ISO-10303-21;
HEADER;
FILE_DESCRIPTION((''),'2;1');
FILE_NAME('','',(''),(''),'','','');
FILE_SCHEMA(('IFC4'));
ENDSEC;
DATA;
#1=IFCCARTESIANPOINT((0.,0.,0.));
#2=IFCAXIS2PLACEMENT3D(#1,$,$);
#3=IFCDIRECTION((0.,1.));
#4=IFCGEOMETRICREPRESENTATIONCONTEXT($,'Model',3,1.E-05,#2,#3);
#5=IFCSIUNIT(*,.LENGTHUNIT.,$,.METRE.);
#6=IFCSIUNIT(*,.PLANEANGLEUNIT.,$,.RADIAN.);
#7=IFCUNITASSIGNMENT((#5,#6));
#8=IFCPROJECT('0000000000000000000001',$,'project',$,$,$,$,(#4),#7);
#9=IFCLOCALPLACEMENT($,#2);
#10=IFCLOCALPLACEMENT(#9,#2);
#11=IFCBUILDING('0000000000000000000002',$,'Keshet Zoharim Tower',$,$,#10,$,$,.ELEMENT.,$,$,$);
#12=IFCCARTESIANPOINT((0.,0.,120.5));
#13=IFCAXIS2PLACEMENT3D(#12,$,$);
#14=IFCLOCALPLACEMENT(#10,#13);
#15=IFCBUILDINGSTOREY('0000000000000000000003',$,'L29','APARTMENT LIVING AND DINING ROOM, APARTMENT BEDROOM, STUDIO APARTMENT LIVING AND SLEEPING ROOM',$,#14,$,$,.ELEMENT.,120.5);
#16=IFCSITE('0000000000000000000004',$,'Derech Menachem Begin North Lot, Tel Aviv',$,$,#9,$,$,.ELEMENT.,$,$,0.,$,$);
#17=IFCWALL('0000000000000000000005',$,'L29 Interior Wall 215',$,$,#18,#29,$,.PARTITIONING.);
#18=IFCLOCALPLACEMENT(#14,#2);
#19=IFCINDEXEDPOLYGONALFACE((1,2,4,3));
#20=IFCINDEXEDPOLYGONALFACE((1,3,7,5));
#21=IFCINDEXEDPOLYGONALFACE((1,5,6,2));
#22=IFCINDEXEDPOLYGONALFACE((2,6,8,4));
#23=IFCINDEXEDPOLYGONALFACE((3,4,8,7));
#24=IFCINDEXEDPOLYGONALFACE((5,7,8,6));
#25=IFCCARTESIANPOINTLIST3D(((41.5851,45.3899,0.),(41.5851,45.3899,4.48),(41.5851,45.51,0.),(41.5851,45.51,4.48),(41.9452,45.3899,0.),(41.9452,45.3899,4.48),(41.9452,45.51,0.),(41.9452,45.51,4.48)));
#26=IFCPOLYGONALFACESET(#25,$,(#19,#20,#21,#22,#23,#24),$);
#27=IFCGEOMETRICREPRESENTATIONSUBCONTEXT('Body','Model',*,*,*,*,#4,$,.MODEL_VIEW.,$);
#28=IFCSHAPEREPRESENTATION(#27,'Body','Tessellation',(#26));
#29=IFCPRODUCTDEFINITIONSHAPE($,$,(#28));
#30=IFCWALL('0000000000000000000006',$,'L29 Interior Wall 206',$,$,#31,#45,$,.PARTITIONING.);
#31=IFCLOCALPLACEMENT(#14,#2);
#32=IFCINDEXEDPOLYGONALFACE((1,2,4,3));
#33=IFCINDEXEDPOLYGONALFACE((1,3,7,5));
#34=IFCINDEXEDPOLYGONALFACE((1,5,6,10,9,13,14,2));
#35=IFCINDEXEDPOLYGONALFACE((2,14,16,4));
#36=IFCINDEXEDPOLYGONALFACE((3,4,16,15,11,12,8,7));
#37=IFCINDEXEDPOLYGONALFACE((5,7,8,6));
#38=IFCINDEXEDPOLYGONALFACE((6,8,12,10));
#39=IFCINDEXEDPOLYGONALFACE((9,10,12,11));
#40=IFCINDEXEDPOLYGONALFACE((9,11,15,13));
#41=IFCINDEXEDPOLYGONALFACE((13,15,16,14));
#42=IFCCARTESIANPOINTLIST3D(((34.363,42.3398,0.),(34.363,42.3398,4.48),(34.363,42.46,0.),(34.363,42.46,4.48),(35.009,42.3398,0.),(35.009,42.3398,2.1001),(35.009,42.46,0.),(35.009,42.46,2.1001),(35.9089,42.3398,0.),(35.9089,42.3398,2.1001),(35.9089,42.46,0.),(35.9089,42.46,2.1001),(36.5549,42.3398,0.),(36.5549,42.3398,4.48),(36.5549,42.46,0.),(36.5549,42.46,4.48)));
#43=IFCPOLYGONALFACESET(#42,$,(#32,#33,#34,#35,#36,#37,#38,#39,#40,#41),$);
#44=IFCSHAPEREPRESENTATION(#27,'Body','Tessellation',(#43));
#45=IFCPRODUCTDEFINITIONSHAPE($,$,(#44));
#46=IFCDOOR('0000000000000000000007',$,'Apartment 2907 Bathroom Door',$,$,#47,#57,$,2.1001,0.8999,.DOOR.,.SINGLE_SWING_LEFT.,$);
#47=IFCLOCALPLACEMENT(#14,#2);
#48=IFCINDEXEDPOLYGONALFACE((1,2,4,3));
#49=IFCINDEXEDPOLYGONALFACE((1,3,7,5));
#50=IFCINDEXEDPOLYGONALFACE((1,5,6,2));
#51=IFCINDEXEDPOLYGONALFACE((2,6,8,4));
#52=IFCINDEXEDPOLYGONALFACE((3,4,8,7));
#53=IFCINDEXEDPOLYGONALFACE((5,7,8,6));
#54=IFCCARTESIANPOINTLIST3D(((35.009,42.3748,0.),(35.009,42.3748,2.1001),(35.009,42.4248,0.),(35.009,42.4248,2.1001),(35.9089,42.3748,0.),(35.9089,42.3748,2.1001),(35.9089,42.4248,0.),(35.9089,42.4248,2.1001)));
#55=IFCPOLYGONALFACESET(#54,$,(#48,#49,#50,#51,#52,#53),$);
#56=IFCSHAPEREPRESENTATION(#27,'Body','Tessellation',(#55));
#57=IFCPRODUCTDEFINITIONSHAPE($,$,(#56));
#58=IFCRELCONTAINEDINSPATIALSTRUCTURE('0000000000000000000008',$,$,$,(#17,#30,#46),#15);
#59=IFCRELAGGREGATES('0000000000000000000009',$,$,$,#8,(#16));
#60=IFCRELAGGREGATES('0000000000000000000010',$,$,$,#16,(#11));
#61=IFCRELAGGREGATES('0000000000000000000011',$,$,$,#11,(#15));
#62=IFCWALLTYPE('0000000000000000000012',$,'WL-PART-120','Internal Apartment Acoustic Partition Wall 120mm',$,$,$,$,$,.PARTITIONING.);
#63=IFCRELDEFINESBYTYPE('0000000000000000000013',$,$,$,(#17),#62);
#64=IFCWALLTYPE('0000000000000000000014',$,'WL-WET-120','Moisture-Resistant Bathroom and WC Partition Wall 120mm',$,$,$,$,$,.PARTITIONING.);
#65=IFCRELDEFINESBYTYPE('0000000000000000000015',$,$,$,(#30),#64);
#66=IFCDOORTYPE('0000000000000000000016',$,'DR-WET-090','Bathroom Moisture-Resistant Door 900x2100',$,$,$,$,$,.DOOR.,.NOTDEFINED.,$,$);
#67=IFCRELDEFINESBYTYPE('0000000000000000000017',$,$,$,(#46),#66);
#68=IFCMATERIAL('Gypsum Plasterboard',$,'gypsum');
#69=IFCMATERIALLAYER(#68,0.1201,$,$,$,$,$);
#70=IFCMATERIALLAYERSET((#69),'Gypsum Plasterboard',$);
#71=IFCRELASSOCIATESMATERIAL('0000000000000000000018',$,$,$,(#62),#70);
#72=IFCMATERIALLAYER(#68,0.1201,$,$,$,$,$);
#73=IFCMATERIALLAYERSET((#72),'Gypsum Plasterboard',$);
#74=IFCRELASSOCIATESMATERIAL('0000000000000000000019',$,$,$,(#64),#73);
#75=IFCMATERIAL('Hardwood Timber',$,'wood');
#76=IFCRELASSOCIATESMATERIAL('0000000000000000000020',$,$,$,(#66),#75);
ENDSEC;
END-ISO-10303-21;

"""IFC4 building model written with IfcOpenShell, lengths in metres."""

from ifc_helpers import new_model, si_unit, direction, frame, frame_2d, origin, place, context, subcontext, project, spatial, rectangle, extrude, material, layer, layer_set, type_object, element, fill, save


model = new_model("IFC4")

# Units and contexts
model_context = context("Model", 3, precision=1e-05, world=origin(), true_north=direction((0.0, 1.0)))
body_context = subcontext(model_context, "Body", "Model", "MODEL_VIEW")
ifc_project = project(units=[si_unit("LENGTHUNIT", "METRE"), si_unit("PLANEANGLEUNIT", "RADIAN")], contexts=[model_context])

# Site, building, storey
site_placement = place(None, origin())
site = spatial("IfcSite", under=ifc_project, at=site_placement, Name="Derech Menachem Begin North Lot, Tel Aviv", CompositionType="ELEMENT", RefElevation=0.0)
building_placement = place(site_placement, origin())
building = spatial("IfcBuilding", under=site, at=building_placement, Name="Keshet Zoharim Tower", CompositionType="ELEMENT")
storey_placement = place(building_placement, frame((0.0, 0.0, 120.5)))
storey = spatial("IfcBuildingStorey", under=building, at=storey_placement, Name="L29", Description="APARTMENT LIVING AND DINING ROOM, APARTMENT BEDROOM, STUDIO APARTMENT LIVING AND SLEEPING ROOM", CompositionType="ELEMENT", Elevation=120.5)

# Shared definitions
ifc_material_1 = material(Name="Gypsum Plasterboard", Category="gypsum")
ifc_layer_1 = layer(ifc_material_1, 0.1201)
ifc_layer_set_1 = layer_set([ifc_layer_1], Name="Gypsum Plasterboard")
wall_type_1 = type_object("IfcWallType", Name="WL-PART-120", Description="Internal Apartment Acoustic Partition Wall 120mm", PredefinedType="PARTITIONING", material=ifc_layer_set_1)

# Shared definitions
ifc_material_2 = material(Name="Hardwood Timber", Category="wood")

# Wall
wall_1_placement = place(storey_placement, frame((41.585, 45.45, 0.0), z_axis=(0.0, 0.0, 1.0), x_axis=(1.0, 0.0, 0.0)))
element("IfcWall", 1, at=wall_1_placement, inside=storey, type_object=wall_type_1, Name="L29 Interior Wall 215", PredefinedType="PARTITIONING", context=body_context, shape_type="SweptSolid", body=[
    extrude(rectangle(XDim=0.3601, YDim=0.1201, at=frame_2d((0.1802, 0.0))), origin(), (0.0, 0.0, 1.0), 4.48),
])

# Wall, opening, door
ifc_layer_2 = layer(ifc_material_1, 0.1201)
ifc_layer_set_2 = layer_set([ifc_layer_2], Name="Gypsum Plasterboard")
wall_type_2 = type_object("IfcWallType", Name="WL-WET-120", Description="Moisture-Resistant Bathroom and WC Partition Wall 120mm", PredefinedType="PARTITIONING", material=ifc_layer_set_2)
wall_2_placement = place(storey_placement, frame((34.363, 42.3999, 0.0), z_axis=(0.0, 0.0, 1.0), x_axis=(1.0, 0.0, 0.0)))
wall_2 = element("IfcWall", 2, at=wall_2_placement, inside=storey, type_object=wall_type_2, Name="L29 Interior Wall 206", PredefinedType="PARTITIONING", context=body_context, shape_type="SweptSolid", body=[
    extrude(rectangle(XDim=2.1919, YDim=0.1201, at=frame_2d((1.0959, 0.0))), origin(), (0.0, 0.0, 1.0), 4.48),
])
opening_1_placement = place(wall_2_placement, frame((0.646, 0.0, 0.0)))
opening_1 = element("IfcOpeningElement", 3, at=opening_1_placement, cuts=wall_2, PredefinedType="OPENING", context=body_context, shape_type="SweptSolid", body=[
    extrude(rectangle(XDim=0.8999, YDim=2.1001, at=frame_2d((0.45, 1.05))), frame((0.0, 0.0701, 0.0), z_axis=(0.0, -1.0, 0.0), x_axis=(1.0, 0.0, 0.0)), (0.0, 0.0, 1.0), 0.1401),
])
door_type_1 = type_object("IfcDoorType", Name="DR-WET-090", Description="Bathroom Moisture-Resistant Door 900x2100", OperationType="NOTDEFINED", PredefinedType="DOOR", material=ifc_material_2)
door_1_placement = place(opening_1_placement, origin())
door_1 = element("IfcDoor", 4, at=door_1_placement, inside=storey, type_object=door_type_1, Name="Apartment 2907 Bathroom Door", OperationType="SINGLE_SWING_LEFT", OverallHeight=2.1001, OverallWidth=0.8999, PredefinedType="DOOR", context=body_context, shape_type="SweptSolid", body=[
    extrude(rectangle(XDim=0.8999, YDim=2.1001, at=frame_2d((0.45, 1.05))), frame((0.0, 0.0249, 0.0), z_axis=(0.0, -1.0, 0.0), x_axis=(1.0, 0.0, 0.0)), (0.0, 0.0, 1.0), 0.05),
])
fill(opening_1, door_1)

save(model, "model.ifc")
